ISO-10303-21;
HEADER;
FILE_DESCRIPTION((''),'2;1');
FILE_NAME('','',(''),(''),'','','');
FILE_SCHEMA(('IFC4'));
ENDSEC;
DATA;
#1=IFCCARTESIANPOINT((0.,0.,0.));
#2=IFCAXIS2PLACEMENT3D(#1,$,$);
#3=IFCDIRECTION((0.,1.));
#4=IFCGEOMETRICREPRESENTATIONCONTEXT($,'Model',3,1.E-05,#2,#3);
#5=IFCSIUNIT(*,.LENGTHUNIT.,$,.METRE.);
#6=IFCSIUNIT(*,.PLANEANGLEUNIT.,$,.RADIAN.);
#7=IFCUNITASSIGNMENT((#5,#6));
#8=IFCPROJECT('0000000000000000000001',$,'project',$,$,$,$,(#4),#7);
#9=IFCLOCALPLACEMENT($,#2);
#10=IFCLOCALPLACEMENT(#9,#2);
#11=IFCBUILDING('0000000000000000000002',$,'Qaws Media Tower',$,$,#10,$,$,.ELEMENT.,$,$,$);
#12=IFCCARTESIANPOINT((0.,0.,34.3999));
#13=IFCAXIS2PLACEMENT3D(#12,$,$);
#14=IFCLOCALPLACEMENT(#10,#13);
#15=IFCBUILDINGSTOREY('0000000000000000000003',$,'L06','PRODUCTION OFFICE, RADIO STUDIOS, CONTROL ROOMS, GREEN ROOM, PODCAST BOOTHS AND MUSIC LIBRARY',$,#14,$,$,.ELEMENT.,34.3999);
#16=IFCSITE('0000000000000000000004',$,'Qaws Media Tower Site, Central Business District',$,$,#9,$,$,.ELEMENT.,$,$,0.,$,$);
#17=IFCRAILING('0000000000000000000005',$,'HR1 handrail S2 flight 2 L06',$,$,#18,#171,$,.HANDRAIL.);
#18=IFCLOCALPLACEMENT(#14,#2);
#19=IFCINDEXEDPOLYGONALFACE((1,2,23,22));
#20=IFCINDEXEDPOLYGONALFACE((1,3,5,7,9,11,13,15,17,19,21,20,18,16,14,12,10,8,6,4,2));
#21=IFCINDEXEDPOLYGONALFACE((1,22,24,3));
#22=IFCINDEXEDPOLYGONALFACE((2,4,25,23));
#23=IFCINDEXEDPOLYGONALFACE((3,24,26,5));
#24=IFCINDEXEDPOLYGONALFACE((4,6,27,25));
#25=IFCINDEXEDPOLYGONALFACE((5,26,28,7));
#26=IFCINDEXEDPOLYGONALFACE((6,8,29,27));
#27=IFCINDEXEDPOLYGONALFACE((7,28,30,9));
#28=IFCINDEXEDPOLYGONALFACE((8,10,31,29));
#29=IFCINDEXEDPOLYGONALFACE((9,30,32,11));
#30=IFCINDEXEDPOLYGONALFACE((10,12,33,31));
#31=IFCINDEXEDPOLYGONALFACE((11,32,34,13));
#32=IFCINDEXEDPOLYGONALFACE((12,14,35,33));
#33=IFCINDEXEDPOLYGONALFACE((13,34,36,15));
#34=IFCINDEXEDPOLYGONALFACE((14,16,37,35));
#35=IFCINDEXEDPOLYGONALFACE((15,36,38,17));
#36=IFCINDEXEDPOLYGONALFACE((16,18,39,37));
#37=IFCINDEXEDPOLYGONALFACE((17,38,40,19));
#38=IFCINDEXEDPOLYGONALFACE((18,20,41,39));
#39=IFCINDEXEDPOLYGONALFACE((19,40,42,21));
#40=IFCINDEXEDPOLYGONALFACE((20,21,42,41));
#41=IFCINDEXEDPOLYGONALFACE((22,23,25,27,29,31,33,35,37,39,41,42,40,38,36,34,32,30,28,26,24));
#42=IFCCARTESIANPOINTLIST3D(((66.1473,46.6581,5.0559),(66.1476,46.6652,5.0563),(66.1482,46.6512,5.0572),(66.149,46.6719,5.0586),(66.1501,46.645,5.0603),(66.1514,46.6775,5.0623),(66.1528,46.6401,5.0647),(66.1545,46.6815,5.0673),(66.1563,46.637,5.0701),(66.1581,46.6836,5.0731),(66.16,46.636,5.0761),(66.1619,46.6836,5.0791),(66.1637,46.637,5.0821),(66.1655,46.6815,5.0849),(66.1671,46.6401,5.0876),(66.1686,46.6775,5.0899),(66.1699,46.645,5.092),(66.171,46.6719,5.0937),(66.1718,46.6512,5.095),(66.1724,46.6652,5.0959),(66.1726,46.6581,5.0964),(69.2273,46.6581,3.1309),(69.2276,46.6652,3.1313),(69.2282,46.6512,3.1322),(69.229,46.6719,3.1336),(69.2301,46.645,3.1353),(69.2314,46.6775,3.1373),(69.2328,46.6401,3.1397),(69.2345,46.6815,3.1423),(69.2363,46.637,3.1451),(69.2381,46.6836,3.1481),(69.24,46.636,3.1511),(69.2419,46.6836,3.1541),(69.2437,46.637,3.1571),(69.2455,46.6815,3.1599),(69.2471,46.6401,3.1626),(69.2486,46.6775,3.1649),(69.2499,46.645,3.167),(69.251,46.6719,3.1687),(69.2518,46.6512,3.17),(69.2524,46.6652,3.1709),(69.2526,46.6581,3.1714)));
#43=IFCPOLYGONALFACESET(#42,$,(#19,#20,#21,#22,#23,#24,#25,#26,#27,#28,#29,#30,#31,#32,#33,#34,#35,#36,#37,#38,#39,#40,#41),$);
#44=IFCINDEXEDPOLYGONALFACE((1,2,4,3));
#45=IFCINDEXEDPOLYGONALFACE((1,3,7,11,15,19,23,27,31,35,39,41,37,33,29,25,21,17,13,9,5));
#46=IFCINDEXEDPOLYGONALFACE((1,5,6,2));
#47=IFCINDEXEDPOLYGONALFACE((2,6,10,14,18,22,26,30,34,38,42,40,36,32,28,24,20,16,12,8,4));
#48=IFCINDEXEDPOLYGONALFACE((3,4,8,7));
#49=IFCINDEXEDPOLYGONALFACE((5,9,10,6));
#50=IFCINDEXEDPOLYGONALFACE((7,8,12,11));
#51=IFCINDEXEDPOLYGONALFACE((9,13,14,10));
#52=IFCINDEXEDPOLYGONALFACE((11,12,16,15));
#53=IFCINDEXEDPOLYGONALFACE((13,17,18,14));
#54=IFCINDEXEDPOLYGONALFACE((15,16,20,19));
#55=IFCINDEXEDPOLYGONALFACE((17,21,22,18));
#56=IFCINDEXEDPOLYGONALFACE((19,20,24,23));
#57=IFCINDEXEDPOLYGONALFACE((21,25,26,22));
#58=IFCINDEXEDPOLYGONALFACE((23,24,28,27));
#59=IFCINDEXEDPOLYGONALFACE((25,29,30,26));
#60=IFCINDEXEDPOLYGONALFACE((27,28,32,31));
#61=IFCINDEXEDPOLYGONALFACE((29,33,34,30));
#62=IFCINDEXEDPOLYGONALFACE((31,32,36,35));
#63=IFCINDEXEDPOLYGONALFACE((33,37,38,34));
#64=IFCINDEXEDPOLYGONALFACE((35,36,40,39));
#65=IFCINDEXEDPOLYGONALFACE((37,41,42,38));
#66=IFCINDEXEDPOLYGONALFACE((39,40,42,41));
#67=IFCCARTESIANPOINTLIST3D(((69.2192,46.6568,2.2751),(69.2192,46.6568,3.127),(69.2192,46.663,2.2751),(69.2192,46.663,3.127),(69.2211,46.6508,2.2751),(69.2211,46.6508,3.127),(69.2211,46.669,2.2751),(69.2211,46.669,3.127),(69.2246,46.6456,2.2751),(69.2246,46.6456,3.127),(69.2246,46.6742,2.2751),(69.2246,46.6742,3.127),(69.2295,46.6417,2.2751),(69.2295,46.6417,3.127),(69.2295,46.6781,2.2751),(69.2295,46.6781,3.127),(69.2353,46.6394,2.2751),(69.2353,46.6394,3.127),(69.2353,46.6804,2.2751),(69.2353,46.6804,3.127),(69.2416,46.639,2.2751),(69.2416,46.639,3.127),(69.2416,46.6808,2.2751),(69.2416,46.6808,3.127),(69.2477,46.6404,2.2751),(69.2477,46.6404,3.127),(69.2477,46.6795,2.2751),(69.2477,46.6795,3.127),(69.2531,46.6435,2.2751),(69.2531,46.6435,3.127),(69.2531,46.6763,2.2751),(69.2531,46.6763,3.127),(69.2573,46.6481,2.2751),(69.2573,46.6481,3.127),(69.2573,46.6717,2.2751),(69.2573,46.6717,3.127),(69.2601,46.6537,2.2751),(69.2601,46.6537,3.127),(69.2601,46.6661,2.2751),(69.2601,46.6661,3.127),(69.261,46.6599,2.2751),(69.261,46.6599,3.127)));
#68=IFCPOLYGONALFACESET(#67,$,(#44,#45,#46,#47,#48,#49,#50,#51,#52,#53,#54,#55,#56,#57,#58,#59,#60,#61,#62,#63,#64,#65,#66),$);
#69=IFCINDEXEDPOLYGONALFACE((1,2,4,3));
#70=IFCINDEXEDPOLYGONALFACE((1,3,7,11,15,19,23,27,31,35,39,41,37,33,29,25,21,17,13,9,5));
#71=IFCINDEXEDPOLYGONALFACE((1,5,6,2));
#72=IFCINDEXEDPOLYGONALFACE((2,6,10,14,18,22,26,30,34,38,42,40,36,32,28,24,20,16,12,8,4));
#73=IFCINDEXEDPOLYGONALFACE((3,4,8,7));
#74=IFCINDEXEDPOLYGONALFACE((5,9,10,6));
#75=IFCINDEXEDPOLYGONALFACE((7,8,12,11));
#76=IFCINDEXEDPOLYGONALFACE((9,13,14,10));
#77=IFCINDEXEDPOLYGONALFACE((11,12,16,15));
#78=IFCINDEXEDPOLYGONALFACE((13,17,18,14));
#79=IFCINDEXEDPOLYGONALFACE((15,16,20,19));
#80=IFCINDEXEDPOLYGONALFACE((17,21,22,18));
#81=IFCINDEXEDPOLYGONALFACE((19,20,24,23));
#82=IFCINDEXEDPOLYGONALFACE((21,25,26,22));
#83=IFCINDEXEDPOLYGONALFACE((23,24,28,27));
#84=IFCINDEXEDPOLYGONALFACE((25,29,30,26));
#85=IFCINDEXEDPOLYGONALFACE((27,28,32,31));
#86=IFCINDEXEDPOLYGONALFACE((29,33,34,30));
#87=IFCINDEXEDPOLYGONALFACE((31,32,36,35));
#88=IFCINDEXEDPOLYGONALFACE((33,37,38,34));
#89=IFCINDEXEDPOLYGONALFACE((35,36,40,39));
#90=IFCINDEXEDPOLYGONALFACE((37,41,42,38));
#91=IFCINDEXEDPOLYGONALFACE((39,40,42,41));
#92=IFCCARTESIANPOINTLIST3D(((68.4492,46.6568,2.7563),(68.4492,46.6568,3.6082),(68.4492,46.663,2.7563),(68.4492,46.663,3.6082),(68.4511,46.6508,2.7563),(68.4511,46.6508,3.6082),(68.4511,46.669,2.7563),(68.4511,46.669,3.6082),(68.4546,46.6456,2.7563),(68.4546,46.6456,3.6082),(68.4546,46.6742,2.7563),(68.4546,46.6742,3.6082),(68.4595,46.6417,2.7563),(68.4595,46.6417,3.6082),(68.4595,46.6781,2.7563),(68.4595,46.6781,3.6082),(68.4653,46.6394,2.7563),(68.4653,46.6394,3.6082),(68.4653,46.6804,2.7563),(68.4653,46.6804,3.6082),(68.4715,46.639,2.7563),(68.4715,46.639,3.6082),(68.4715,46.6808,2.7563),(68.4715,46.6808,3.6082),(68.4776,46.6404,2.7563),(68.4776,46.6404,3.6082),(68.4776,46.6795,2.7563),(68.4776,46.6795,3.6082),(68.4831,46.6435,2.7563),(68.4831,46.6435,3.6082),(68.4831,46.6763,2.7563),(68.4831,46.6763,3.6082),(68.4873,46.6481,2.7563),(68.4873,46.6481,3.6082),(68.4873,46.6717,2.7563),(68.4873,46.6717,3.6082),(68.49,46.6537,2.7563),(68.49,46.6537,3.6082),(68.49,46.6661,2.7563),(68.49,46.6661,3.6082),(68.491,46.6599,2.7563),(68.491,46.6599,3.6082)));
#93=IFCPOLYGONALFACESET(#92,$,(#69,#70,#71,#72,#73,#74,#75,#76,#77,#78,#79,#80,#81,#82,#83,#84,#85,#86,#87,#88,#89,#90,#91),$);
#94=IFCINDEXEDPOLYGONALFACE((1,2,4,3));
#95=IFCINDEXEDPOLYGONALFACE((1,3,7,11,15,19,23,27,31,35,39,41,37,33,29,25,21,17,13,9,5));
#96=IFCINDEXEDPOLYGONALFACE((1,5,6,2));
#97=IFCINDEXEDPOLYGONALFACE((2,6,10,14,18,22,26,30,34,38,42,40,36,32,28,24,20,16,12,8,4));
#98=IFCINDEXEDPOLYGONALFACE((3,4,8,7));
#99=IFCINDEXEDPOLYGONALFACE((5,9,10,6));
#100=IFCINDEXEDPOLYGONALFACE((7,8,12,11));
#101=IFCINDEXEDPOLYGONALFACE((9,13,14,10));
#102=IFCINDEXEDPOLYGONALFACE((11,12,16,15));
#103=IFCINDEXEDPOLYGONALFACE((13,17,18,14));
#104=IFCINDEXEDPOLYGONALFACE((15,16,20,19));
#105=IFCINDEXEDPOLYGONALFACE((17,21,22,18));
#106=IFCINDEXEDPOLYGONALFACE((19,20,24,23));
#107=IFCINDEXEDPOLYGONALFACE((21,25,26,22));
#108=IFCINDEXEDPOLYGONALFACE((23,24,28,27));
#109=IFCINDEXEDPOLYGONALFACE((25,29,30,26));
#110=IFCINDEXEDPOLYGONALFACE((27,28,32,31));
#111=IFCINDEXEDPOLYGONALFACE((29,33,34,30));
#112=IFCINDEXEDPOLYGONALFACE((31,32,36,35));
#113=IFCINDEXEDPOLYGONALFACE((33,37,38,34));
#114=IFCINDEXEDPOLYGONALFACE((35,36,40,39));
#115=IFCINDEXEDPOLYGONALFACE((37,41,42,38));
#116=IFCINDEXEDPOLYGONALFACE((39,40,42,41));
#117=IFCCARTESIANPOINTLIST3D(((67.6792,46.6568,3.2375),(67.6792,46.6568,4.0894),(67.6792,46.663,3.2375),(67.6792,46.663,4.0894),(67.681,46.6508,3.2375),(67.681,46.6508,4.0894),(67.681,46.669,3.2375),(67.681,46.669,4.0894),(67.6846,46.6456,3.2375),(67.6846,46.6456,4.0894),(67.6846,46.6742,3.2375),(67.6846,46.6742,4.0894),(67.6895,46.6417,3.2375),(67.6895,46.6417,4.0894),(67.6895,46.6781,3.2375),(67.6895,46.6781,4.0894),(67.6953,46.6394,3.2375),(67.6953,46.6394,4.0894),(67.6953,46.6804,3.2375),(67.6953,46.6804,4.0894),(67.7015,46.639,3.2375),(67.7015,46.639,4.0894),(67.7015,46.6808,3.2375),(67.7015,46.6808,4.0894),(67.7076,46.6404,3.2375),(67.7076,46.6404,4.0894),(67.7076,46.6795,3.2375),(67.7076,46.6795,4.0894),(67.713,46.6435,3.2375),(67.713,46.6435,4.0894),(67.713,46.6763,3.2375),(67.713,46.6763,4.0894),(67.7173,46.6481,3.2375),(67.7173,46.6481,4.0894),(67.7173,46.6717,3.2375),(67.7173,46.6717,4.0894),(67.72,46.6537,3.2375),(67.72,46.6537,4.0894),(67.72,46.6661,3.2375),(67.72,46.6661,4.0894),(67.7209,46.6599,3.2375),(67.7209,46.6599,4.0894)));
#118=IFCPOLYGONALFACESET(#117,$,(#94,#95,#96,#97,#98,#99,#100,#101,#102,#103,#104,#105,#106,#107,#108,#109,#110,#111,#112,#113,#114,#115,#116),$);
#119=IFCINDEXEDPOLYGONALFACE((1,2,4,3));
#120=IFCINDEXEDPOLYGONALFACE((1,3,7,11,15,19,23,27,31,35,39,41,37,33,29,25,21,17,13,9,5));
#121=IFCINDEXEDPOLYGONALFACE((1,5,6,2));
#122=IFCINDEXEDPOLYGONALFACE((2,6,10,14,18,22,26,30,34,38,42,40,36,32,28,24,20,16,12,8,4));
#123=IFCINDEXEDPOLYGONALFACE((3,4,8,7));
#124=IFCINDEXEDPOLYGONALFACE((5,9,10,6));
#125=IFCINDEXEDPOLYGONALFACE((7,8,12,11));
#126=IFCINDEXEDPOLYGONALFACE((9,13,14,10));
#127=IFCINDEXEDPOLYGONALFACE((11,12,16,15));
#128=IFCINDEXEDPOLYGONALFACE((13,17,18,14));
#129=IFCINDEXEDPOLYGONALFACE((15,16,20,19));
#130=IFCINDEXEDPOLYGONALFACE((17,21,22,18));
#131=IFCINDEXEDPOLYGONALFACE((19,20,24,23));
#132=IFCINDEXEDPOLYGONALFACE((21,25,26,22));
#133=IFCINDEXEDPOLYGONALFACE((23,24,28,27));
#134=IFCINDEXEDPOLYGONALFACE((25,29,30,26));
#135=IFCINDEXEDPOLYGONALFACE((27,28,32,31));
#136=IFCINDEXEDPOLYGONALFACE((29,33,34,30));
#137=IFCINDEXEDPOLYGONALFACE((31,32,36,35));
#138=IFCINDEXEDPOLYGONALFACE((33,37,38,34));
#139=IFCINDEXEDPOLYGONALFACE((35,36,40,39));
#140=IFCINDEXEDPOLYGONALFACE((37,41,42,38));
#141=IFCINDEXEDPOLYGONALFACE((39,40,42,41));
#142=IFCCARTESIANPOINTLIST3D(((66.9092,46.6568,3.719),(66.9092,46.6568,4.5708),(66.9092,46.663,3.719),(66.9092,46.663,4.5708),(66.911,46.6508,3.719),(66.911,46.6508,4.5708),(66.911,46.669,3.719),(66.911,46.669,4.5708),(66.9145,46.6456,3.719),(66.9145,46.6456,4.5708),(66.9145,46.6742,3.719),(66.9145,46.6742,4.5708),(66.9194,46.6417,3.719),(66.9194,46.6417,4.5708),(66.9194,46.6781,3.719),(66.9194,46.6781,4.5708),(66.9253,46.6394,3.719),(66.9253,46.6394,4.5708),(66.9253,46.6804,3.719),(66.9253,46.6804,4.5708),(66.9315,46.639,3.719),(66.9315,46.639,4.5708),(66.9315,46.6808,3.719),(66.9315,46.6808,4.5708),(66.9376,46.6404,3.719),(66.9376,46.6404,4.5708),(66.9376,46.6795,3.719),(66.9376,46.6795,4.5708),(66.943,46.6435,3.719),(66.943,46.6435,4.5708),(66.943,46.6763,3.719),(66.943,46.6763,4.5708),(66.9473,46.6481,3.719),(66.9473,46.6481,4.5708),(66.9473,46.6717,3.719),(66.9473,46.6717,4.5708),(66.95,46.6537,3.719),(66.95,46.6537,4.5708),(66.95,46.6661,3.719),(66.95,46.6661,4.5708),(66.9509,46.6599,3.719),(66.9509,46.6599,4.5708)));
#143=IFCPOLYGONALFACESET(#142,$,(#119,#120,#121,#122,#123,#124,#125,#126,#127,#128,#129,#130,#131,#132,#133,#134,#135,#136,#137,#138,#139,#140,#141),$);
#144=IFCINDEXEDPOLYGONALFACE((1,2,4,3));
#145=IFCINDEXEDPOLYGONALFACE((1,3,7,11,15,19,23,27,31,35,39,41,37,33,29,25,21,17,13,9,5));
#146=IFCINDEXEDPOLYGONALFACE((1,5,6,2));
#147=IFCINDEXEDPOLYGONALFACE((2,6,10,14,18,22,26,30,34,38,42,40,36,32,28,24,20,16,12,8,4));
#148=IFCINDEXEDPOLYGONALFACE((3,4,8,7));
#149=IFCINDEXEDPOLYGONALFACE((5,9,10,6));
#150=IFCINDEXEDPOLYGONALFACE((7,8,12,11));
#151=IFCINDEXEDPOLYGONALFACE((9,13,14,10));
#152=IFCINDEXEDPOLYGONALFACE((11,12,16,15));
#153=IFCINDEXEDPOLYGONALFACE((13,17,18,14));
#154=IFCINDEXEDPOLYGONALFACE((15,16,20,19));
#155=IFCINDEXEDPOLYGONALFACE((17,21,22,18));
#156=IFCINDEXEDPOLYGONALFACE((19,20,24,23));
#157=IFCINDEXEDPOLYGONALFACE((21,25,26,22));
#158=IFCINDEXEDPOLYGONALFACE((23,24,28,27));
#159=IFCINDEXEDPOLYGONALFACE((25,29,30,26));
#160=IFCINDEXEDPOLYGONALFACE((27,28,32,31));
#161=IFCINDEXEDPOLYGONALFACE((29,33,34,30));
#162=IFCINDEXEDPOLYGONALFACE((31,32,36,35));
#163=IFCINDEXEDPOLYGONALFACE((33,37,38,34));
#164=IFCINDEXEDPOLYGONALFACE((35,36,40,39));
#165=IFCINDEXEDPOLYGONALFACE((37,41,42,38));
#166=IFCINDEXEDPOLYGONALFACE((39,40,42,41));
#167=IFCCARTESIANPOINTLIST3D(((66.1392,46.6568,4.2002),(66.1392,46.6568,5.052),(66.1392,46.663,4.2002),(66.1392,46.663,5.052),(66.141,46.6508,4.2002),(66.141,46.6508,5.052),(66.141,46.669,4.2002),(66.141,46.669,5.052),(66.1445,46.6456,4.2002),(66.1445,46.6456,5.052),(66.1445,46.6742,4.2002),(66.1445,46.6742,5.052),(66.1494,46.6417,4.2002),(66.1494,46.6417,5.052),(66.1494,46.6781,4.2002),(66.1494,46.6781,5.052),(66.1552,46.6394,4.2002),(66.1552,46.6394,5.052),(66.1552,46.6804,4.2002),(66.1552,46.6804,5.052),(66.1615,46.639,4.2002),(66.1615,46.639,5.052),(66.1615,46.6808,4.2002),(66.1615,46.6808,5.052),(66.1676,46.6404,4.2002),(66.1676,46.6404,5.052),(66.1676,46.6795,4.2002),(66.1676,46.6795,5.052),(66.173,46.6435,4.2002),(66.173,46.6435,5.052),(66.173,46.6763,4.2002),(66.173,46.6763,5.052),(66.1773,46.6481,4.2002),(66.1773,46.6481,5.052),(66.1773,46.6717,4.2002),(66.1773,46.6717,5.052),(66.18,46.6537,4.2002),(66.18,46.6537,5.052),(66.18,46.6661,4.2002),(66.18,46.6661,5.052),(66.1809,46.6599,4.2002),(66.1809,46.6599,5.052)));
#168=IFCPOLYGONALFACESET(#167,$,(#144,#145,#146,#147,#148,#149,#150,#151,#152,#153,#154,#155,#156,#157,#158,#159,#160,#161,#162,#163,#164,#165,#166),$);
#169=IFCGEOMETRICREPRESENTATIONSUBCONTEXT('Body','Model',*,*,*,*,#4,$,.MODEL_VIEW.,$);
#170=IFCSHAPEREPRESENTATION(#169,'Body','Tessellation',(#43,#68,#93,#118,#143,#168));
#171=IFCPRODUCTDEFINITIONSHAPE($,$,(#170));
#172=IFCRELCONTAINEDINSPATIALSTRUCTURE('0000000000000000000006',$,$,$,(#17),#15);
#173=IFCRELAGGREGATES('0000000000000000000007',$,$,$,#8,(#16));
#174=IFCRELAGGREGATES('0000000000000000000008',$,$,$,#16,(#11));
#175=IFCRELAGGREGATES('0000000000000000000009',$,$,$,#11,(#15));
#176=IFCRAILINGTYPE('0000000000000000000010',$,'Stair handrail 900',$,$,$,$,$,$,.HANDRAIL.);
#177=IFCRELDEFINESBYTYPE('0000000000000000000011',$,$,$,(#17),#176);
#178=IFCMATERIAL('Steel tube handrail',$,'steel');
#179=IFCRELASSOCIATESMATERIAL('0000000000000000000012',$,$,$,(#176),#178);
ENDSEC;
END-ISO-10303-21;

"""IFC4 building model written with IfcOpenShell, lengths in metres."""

from ifc_helpers import new_model, si_unit, direction, frame, origin, origin_2d, place, context, subcontext, project, spatial, circle, extrude, material, type_object, element, save


model = new_model("IFC4")

# Units and contexts
model_context = context("Model", 3, precision=1e-05, world=origin(), true_north=direction((0.0, 1.0)))
body_context = subcontext(model_context, "Body", "Model", "MODEL_VIEW")
ifc_project = project(units=[si_unit("LENGTHUNIT", "METRE"), si_unit("PLANEANGLEUNIT", "RADIAN")], contexts=[model_context])

# Site, building, storey
site_placement = place(None, origin())
site = spatial("IfcSite", under=ifc_project, at=site_placement, Name="Qaws Media Tower Site, Central Business District", CompositionType="ELEMENT", RefElevation=0.0)
building_placement = place(site_placement, origin())
building = spatial("IfcBuilding", under=site, at=building_placement, Name="Qaws Media Tower", CompositionType="ELEMENT")
storey_placement = place(building_placement, frame((0.0, 0.0, 34.3999)))
storey = spatial("IfcBuildingStorey", under=building, at=storey_placement, Name="L06", Description="PRODUCTION OFFICE, RADIO STUDIOS, CONTROL ROOMS, GREEN ROOM, PODCAST BOOTHS AND MUSIC LIBRARY", CompositionType="ELEMENT", Elevation=34.3999)

# Railing
ifc_material_1 = material(Name="Steel tube handrail", Category="steel")
railing_type = type_object("IfcRailingType", Name="Stair handrail 900", PredefinedType="HANDRAIL", material=ifc_material_1)
railing_placement = place(storey_placement, frame((69.24, 46.6599, 2.2751)))
element("IfcRailing", 1, at=railing_placement, inside=storey, type_object=railing_type, Name="HR1 handrail S2 flight 2 L06", PredefinedType="HANDRAIL", context=body_context, shape_type="SweptSolid", body=[
    extrude(circle(Radius=0.0239, at=origin_2d()), frame((0.0, 0.0, 0.876), z_axis=(-0.847998, 0.0, 0.529999), x_axis=(0.0, -1.0, 0.0)), (0.0, 0.0, 1.0), 3.6321),
    extrude(circle(Radius=0.021, at=origin_2d()), origin(), (0.0, 0.0, 1.0), 0.8518),
    extrude(circle(Radius=0.021, at=origin_2d()), frame((-0.77, 0.0, 0.4812)), (0.0, 0.0, 1.0), 0.8518),
    extrude(circle(Radius=0.021, at=origin_2d()), frame((-1.54, 0.0, 0.9624)), (0.0, 0.0, 1.0), 0.8518),
    extrude(circle(Radius=0.021, at=origin_2d()), frame((-2.3101, 0.0, 1.4438)), (0.0, 0.0, 1.0), 0.8518),
    extrude(circle(Radius=0.021, at=origin_2d()), frame((-3.0801, 0.0, 1.925)), (0.0, 0.0, 1.0), 0.8518),
])

save(model, "model.ifc")
